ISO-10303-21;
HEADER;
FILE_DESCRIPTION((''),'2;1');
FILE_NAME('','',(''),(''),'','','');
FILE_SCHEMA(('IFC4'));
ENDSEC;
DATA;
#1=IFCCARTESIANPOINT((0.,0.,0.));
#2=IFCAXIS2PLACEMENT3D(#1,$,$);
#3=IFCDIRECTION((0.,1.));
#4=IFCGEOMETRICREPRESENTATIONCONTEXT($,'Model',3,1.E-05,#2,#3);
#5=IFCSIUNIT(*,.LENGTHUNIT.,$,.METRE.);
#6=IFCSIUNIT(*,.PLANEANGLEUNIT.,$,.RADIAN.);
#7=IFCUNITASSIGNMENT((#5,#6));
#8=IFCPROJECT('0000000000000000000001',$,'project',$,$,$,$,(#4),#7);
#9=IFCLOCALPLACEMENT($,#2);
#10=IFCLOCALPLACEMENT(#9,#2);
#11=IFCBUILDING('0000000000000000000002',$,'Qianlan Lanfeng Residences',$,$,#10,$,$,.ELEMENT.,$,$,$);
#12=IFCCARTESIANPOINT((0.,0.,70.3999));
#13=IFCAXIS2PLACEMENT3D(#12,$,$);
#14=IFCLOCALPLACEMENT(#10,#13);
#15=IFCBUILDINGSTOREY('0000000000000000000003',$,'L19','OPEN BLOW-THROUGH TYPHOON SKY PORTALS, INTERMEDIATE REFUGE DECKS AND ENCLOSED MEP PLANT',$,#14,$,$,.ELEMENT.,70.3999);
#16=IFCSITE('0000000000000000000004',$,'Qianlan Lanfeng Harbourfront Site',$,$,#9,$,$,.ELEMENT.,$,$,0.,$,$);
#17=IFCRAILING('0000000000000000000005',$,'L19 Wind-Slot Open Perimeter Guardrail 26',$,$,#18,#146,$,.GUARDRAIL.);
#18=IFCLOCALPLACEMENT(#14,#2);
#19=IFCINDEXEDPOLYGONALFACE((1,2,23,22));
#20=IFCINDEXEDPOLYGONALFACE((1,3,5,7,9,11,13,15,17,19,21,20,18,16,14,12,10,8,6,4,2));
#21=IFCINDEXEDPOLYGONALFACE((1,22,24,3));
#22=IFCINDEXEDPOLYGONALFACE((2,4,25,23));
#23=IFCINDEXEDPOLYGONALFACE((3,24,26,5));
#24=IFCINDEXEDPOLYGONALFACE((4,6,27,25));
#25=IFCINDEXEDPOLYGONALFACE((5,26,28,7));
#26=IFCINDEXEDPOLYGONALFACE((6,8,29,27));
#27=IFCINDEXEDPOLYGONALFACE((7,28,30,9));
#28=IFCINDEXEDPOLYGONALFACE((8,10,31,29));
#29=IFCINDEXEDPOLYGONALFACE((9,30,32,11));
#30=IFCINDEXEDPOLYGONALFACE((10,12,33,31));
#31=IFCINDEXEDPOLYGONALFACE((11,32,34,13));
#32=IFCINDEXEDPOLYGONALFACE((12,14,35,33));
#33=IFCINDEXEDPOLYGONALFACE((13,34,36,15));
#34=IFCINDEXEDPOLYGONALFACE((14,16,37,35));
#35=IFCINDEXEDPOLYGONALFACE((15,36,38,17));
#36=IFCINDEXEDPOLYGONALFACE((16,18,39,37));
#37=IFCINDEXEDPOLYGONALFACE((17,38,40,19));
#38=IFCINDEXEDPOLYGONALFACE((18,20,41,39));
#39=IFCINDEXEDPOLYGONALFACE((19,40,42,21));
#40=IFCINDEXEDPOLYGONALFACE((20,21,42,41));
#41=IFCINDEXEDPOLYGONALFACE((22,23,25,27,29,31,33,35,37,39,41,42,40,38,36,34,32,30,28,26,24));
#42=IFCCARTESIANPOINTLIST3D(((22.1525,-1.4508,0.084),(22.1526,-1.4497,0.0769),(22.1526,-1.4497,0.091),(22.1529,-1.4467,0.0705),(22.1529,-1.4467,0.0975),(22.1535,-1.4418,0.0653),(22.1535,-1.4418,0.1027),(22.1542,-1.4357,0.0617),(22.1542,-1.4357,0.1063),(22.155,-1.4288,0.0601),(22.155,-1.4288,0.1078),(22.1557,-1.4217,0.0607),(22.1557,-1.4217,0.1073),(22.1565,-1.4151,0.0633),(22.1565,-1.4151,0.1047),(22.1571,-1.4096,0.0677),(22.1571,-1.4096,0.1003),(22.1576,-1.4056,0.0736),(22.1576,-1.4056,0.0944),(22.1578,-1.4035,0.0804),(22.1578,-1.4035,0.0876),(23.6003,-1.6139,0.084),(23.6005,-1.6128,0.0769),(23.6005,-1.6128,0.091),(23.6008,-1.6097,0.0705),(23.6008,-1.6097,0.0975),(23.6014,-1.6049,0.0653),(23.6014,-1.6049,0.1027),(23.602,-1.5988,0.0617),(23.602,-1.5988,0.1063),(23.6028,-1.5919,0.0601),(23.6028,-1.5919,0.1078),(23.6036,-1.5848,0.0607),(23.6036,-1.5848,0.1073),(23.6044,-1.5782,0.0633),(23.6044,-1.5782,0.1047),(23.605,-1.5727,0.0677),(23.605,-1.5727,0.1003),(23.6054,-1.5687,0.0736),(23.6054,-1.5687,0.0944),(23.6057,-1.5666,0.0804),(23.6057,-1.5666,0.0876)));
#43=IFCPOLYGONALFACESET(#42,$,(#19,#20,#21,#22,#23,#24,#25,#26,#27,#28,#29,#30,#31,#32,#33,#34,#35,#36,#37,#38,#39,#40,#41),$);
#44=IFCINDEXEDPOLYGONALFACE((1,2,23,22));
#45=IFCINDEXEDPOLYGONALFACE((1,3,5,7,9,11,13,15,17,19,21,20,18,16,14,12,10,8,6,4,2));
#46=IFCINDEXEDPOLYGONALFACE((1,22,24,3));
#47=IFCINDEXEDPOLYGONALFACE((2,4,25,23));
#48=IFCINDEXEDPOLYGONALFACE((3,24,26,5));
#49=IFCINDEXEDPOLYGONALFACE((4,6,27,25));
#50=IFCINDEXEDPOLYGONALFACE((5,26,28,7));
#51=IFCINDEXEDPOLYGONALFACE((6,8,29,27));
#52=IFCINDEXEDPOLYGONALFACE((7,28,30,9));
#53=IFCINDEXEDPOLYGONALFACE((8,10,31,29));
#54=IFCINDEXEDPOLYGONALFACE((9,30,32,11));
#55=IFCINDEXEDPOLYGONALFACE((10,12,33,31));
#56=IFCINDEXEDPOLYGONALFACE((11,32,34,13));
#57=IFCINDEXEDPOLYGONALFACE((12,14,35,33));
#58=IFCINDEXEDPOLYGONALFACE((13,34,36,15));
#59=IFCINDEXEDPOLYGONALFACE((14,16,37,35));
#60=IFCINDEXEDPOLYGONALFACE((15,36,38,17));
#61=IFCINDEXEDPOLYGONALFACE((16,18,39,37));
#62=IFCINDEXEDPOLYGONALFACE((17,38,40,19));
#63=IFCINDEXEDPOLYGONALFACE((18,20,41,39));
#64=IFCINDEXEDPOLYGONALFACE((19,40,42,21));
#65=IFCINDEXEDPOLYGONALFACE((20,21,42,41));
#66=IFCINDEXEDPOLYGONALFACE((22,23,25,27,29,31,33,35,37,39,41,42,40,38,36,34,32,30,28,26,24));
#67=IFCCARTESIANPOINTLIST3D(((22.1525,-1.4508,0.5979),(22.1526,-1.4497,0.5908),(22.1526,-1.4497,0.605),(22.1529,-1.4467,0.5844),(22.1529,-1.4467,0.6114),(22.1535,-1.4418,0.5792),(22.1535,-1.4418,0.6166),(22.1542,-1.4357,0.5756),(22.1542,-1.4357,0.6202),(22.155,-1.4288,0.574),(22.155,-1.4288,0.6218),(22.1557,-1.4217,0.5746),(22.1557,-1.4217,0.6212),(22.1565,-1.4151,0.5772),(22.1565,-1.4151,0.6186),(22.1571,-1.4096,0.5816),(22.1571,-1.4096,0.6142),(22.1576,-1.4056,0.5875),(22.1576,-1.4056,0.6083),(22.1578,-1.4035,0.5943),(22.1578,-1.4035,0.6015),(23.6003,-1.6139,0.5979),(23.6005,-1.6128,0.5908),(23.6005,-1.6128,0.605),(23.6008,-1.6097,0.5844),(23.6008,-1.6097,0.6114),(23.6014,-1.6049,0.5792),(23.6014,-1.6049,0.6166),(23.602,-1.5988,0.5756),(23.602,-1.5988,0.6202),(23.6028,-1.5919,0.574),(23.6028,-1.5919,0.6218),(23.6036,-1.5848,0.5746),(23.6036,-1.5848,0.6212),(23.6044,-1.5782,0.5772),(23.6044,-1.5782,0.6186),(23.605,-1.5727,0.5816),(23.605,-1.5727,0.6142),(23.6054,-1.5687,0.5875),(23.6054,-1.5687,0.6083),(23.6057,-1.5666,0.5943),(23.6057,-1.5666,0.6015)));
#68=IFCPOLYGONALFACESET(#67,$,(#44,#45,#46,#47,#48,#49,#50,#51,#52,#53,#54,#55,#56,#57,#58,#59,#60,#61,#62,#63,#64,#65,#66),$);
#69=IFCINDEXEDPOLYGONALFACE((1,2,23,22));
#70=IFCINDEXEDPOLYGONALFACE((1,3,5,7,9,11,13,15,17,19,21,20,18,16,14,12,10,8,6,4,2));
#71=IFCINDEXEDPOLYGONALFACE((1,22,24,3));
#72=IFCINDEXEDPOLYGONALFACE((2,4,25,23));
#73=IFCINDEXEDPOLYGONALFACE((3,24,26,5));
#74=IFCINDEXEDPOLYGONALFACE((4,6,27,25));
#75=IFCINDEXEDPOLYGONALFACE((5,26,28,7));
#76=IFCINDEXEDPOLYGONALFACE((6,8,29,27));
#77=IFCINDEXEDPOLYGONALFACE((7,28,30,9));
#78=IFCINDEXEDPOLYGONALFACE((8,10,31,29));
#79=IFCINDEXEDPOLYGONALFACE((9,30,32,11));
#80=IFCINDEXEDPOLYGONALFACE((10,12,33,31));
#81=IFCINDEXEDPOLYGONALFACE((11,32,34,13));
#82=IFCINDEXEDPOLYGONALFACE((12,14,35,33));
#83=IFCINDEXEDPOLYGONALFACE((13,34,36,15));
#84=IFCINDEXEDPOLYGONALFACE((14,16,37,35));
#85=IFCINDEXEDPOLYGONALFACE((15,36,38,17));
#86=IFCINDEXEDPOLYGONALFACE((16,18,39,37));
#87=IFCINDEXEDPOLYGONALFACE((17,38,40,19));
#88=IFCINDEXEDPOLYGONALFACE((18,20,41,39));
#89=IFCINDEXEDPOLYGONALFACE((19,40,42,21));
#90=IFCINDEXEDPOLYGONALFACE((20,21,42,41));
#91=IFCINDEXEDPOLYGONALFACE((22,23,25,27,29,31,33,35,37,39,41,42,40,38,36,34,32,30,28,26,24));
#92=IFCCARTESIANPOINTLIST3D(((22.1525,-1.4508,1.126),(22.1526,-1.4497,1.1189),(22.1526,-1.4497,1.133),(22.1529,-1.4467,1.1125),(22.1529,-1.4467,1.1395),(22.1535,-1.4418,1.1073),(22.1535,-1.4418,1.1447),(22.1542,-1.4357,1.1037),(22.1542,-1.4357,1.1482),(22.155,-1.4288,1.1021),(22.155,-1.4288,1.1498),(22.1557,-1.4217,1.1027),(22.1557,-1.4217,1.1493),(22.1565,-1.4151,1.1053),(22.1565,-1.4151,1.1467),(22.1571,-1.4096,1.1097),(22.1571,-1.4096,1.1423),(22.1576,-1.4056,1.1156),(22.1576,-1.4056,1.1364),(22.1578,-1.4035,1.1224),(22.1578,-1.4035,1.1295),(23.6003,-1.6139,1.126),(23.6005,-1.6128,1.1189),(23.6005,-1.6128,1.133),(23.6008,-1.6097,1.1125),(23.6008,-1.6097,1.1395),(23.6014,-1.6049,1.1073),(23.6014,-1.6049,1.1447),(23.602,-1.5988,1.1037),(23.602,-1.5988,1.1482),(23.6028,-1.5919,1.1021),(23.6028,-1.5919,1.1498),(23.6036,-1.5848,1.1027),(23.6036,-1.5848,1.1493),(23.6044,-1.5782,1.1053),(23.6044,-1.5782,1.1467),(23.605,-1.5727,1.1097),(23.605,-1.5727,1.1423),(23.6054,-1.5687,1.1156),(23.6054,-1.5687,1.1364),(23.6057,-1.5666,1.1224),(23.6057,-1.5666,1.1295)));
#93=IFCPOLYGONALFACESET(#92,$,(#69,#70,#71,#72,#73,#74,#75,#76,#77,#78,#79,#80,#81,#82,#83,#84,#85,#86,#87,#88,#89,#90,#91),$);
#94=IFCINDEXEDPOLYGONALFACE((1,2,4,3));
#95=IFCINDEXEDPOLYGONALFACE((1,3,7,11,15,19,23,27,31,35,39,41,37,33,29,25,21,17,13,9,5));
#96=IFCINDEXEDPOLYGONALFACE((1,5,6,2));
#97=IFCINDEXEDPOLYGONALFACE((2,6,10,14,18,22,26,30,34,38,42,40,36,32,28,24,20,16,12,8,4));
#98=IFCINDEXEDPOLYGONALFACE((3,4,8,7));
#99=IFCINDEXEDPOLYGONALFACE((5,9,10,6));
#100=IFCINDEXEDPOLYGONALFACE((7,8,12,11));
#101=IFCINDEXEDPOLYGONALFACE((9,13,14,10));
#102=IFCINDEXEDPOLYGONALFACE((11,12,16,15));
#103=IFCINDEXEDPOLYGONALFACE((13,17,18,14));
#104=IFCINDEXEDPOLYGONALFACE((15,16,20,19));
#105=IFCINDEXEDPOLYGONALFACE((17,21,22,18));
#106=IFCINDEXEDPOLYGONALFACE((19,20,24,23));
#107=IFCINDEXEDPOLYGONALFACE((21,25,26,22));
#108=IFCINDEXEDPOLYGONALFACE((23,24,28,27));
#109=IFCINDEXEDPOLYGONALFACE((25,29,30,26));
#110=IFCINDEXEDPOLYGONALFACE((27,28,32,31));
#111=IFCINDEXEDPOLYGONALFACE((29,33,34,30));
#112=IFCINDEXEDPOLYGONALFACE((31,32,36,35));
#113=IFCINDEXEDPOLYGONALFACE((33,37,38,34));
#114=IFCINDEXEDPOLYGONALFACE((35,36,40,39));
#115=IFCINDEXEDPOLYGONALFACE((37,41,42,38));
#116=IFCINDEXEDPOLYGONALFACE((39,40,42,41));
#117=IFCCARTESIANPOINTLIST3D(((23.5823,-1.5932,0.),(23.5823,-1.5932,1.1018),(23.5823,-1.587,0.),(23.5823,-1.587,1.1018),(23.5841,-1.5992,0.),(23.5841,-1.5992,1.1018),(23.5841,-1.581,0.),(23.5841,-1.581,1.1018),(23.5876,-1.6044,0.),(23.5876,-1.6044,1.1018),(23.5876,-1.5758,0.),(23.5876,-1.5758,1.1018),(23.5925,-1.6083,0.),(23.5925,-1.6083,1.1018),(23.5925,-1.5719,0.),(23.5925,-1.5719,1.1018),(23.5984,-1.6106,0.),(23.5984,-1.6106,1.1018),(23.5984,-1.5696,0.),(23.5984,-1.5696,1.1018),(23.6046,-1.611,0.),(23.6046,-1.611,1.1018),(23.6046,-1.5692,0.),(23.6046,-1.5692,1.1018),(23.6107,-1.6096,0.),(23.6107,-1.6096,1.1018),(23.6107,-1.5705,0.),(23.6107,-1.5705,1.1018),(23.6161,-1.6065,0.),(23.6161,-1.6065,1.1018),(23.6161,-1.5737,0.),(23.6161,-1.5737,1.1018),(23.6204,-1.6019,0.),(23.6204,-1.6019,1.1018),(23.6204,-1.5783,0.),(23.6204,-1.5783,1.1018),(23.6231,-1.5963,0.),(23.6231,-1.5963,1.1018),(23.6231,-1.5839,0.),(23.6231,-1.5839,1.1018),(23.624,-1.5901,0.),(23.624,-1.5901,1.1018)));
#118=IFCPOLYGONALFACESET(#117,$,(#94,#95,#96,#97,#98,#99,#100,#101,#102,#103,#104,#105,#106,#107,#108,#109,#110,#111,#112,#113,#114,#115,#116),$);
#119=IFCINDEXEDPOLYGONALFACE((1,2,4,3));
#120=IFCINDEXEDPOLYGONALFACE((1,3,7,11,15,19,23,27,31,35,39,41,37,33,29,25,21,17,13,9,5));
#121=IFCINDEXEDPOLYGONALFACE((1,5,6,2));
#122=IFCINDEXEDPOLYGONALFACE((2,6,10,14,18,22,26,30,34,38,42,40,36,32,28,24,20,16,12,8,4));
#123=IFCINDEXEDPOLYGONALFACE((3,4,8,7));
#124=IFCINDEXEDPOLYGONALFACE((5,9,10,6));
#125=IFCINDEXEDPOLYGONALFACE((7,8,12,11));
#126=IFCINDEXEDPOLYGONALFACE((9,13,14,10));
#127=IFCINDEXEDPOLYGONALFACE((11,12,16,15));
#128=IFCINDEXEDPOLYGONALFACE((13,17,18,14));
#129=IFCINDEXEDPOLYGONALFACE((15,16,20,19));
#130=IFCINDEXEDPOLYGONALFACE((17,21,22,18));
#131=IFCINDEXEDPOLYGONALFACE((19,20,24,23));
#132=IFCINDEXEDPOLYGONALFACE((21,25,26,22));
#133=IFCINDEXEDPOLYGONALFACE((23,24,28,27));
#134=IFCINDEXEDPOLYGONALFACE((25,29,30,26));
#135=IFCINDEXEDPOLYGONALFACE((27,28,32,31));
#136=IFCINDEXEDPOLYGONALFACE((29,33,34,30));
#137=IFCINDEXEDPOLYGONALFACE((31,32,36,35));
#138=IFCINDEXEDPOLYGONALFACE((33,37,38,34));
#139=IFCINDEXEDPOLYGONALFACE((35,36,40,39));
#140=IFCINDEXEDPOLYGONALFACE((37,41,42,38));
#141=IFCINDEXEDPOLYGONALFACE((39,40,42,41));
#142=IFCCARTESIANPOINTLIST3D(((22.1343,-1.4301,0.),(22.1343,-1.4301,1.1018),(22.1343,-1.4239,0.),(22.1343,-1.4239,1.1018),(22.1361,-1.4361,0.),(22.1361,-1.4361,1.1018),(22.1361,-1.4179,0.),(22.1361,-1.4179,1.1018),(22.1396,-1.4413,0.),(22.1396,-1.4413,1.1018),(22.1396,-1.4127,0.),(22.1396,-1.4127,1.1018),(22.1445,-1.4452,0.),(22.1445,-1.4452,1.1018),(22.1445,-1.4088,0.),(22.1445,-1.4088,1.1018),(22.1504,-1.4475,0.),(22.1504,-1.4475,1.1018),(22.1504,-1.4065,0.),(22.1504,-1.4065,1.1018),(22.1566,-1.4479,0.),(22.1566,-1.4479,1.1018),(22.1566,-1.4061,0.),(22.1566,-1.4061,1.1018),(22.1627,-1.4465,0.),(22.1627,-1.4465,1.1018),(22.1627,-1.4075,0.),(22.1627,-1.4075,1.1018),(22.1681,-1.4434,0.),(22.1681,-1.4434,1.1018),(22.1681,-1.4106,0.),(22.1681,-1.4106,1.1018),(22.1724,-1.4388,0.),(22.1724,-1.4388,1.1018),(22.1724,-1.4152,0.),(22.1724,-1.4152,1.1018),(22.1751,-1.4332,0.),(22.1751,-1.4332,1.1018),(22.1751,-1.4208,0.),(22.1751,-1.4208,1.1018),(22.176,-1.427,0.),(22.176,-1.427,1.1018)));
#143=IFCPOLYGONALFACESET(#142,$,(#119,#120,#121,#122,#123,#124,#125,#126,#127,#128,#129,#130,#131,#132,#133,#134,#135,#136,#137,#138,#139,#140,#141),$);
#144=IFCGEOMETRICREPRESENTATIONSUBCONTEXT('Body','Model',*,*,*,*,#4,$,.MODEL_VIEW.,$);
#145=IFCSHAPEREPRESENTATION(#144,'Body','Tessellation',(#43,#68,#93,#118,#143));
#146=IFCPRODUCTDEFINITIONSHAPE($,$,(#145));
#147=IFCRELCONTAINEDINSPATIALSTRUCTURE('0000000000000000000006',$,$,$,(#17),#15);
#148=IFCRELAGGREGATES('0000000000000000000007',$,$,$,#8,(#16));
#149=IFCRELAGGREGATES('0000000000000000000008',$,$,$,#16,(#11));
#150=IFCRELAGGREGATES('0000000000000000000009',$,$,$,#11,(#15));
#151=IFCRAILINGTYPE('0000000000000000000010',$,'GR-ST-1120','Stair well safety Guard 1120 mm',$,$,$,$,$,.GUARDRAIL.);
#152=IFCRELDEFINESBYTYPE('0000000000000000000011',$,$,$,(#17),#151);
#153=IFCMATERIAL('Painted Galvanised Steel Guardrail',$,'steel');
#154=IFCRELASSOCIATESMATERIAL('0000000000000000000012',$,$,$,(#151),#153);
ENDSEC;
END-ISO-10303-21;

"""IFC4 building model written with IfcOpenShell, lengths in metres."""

from ifc_helpers import new_model, si_unit, direction, frame, origin, origin_2d, place, context, subcontext, project, spatial, circle, extrude, material, type_object, element, save


model = new_model("IFC4")

# Units and contexts
model_context = context("Model", 3, precision=1e-05, world=origin(), true_north=direction((0.0, 1.0)))
body_context = subcontext(model_context, "Body", "Model", "MODEL_VIEW")
ifc_project = project(units=[si_unit("LENGTHUNIT", "METRE"), si_unit("PLANEANGLEUNIT", "RADIAN")], contexts=[model_context])

# Site, building, storey
site_placement = place(None, origin())
site = spatial("IfcSite", under=ifc_project, at=site_placement, Name="Qianlan Lanfeng Harbourfront Site", CompositionType="ELEMENT", RefElevation=0.0)
building_placement = place(site_placement, origin())
building = spatial("IfcBuilding", under=site, at=building_placement, Name="Qianlan Lanfeng Residences", CompositionType="ELEMENT")
storey_placement = place(building_placement, frame((0.0, 0.0, 70.3999)))
storey = spatial("IfcBuildingStorey", under=building, at=storey_placement, Name="L19", Description="OPEN BLOW-THROUGH TYPHOON SKY PORTALS, INTERMEDIATE REFUGE DECKS AND ENCLOSED MEP PLANT", CompositionType="ELEMENT", Elevation=70.3999)

# Railing
ifc_material_1 = material(Name="Painted Galvanised Steel Guardrail", Category="steel")
railing_type = type_object("IfcRailingType", Name="GR-ST-1120", Description="Stair well safety Guard 1120 mm", PredefinedType="GUARDRAIL", material=ifc_material_1)
railing_1_placement = place(storey_placement, frame((23.603, -1.5901, 0.0)))
element("IfcRailing", 1, at=railing_1_placement, inside=storey, type_object=railing_type, Name="L19 Wind-Slot Open Perimeter Guardrail 26", PredefinedType="GUARDRAIL", context=body_context, shape_type="SweptSolid", body=[
    extrude(circle(Radius=0.0239, at=origin_2d()), frame((0.0, 0.0, 0.084), z_axis=(-0.993717, 0.111921, 0.0), x_axis=(-0.111921, -0.993717, 0.0)), (0.0, 0.0, 1.0), 1.457),
    extrude(circle(Radius=0.0239, at=origin_2d()), frame((0.0, 0.0, 0.5979), z_axis=(-0.993717, 0.111921, 0.0), x_axis=(-0.111921, -0.993717, 0.0)), (0.0, 0.0, 1.0), 1.457),
    extrude(circle(Radius=0.0239, at=origin_2d()), frame((0.0, 0.0, 1.126), z_axis=(-0.993717, 0.111921, 0.0), x_axis=(-0.111921, -0.993717, 0.0)), (0.0, 0.0, 1.0), 1.457),
    extrude(circle(Radius=0.021, at=origin_2d()), origin(), (0.0, 0.0, 1.0), 1.1018),
    extrude(circle(Radius=0.021, at=origin_2d()), frame((-1.448, 0.1631, 0.0)), (0.0, 0.0, 1.0), 1.1018),
])

save(model, "model.ifc")
